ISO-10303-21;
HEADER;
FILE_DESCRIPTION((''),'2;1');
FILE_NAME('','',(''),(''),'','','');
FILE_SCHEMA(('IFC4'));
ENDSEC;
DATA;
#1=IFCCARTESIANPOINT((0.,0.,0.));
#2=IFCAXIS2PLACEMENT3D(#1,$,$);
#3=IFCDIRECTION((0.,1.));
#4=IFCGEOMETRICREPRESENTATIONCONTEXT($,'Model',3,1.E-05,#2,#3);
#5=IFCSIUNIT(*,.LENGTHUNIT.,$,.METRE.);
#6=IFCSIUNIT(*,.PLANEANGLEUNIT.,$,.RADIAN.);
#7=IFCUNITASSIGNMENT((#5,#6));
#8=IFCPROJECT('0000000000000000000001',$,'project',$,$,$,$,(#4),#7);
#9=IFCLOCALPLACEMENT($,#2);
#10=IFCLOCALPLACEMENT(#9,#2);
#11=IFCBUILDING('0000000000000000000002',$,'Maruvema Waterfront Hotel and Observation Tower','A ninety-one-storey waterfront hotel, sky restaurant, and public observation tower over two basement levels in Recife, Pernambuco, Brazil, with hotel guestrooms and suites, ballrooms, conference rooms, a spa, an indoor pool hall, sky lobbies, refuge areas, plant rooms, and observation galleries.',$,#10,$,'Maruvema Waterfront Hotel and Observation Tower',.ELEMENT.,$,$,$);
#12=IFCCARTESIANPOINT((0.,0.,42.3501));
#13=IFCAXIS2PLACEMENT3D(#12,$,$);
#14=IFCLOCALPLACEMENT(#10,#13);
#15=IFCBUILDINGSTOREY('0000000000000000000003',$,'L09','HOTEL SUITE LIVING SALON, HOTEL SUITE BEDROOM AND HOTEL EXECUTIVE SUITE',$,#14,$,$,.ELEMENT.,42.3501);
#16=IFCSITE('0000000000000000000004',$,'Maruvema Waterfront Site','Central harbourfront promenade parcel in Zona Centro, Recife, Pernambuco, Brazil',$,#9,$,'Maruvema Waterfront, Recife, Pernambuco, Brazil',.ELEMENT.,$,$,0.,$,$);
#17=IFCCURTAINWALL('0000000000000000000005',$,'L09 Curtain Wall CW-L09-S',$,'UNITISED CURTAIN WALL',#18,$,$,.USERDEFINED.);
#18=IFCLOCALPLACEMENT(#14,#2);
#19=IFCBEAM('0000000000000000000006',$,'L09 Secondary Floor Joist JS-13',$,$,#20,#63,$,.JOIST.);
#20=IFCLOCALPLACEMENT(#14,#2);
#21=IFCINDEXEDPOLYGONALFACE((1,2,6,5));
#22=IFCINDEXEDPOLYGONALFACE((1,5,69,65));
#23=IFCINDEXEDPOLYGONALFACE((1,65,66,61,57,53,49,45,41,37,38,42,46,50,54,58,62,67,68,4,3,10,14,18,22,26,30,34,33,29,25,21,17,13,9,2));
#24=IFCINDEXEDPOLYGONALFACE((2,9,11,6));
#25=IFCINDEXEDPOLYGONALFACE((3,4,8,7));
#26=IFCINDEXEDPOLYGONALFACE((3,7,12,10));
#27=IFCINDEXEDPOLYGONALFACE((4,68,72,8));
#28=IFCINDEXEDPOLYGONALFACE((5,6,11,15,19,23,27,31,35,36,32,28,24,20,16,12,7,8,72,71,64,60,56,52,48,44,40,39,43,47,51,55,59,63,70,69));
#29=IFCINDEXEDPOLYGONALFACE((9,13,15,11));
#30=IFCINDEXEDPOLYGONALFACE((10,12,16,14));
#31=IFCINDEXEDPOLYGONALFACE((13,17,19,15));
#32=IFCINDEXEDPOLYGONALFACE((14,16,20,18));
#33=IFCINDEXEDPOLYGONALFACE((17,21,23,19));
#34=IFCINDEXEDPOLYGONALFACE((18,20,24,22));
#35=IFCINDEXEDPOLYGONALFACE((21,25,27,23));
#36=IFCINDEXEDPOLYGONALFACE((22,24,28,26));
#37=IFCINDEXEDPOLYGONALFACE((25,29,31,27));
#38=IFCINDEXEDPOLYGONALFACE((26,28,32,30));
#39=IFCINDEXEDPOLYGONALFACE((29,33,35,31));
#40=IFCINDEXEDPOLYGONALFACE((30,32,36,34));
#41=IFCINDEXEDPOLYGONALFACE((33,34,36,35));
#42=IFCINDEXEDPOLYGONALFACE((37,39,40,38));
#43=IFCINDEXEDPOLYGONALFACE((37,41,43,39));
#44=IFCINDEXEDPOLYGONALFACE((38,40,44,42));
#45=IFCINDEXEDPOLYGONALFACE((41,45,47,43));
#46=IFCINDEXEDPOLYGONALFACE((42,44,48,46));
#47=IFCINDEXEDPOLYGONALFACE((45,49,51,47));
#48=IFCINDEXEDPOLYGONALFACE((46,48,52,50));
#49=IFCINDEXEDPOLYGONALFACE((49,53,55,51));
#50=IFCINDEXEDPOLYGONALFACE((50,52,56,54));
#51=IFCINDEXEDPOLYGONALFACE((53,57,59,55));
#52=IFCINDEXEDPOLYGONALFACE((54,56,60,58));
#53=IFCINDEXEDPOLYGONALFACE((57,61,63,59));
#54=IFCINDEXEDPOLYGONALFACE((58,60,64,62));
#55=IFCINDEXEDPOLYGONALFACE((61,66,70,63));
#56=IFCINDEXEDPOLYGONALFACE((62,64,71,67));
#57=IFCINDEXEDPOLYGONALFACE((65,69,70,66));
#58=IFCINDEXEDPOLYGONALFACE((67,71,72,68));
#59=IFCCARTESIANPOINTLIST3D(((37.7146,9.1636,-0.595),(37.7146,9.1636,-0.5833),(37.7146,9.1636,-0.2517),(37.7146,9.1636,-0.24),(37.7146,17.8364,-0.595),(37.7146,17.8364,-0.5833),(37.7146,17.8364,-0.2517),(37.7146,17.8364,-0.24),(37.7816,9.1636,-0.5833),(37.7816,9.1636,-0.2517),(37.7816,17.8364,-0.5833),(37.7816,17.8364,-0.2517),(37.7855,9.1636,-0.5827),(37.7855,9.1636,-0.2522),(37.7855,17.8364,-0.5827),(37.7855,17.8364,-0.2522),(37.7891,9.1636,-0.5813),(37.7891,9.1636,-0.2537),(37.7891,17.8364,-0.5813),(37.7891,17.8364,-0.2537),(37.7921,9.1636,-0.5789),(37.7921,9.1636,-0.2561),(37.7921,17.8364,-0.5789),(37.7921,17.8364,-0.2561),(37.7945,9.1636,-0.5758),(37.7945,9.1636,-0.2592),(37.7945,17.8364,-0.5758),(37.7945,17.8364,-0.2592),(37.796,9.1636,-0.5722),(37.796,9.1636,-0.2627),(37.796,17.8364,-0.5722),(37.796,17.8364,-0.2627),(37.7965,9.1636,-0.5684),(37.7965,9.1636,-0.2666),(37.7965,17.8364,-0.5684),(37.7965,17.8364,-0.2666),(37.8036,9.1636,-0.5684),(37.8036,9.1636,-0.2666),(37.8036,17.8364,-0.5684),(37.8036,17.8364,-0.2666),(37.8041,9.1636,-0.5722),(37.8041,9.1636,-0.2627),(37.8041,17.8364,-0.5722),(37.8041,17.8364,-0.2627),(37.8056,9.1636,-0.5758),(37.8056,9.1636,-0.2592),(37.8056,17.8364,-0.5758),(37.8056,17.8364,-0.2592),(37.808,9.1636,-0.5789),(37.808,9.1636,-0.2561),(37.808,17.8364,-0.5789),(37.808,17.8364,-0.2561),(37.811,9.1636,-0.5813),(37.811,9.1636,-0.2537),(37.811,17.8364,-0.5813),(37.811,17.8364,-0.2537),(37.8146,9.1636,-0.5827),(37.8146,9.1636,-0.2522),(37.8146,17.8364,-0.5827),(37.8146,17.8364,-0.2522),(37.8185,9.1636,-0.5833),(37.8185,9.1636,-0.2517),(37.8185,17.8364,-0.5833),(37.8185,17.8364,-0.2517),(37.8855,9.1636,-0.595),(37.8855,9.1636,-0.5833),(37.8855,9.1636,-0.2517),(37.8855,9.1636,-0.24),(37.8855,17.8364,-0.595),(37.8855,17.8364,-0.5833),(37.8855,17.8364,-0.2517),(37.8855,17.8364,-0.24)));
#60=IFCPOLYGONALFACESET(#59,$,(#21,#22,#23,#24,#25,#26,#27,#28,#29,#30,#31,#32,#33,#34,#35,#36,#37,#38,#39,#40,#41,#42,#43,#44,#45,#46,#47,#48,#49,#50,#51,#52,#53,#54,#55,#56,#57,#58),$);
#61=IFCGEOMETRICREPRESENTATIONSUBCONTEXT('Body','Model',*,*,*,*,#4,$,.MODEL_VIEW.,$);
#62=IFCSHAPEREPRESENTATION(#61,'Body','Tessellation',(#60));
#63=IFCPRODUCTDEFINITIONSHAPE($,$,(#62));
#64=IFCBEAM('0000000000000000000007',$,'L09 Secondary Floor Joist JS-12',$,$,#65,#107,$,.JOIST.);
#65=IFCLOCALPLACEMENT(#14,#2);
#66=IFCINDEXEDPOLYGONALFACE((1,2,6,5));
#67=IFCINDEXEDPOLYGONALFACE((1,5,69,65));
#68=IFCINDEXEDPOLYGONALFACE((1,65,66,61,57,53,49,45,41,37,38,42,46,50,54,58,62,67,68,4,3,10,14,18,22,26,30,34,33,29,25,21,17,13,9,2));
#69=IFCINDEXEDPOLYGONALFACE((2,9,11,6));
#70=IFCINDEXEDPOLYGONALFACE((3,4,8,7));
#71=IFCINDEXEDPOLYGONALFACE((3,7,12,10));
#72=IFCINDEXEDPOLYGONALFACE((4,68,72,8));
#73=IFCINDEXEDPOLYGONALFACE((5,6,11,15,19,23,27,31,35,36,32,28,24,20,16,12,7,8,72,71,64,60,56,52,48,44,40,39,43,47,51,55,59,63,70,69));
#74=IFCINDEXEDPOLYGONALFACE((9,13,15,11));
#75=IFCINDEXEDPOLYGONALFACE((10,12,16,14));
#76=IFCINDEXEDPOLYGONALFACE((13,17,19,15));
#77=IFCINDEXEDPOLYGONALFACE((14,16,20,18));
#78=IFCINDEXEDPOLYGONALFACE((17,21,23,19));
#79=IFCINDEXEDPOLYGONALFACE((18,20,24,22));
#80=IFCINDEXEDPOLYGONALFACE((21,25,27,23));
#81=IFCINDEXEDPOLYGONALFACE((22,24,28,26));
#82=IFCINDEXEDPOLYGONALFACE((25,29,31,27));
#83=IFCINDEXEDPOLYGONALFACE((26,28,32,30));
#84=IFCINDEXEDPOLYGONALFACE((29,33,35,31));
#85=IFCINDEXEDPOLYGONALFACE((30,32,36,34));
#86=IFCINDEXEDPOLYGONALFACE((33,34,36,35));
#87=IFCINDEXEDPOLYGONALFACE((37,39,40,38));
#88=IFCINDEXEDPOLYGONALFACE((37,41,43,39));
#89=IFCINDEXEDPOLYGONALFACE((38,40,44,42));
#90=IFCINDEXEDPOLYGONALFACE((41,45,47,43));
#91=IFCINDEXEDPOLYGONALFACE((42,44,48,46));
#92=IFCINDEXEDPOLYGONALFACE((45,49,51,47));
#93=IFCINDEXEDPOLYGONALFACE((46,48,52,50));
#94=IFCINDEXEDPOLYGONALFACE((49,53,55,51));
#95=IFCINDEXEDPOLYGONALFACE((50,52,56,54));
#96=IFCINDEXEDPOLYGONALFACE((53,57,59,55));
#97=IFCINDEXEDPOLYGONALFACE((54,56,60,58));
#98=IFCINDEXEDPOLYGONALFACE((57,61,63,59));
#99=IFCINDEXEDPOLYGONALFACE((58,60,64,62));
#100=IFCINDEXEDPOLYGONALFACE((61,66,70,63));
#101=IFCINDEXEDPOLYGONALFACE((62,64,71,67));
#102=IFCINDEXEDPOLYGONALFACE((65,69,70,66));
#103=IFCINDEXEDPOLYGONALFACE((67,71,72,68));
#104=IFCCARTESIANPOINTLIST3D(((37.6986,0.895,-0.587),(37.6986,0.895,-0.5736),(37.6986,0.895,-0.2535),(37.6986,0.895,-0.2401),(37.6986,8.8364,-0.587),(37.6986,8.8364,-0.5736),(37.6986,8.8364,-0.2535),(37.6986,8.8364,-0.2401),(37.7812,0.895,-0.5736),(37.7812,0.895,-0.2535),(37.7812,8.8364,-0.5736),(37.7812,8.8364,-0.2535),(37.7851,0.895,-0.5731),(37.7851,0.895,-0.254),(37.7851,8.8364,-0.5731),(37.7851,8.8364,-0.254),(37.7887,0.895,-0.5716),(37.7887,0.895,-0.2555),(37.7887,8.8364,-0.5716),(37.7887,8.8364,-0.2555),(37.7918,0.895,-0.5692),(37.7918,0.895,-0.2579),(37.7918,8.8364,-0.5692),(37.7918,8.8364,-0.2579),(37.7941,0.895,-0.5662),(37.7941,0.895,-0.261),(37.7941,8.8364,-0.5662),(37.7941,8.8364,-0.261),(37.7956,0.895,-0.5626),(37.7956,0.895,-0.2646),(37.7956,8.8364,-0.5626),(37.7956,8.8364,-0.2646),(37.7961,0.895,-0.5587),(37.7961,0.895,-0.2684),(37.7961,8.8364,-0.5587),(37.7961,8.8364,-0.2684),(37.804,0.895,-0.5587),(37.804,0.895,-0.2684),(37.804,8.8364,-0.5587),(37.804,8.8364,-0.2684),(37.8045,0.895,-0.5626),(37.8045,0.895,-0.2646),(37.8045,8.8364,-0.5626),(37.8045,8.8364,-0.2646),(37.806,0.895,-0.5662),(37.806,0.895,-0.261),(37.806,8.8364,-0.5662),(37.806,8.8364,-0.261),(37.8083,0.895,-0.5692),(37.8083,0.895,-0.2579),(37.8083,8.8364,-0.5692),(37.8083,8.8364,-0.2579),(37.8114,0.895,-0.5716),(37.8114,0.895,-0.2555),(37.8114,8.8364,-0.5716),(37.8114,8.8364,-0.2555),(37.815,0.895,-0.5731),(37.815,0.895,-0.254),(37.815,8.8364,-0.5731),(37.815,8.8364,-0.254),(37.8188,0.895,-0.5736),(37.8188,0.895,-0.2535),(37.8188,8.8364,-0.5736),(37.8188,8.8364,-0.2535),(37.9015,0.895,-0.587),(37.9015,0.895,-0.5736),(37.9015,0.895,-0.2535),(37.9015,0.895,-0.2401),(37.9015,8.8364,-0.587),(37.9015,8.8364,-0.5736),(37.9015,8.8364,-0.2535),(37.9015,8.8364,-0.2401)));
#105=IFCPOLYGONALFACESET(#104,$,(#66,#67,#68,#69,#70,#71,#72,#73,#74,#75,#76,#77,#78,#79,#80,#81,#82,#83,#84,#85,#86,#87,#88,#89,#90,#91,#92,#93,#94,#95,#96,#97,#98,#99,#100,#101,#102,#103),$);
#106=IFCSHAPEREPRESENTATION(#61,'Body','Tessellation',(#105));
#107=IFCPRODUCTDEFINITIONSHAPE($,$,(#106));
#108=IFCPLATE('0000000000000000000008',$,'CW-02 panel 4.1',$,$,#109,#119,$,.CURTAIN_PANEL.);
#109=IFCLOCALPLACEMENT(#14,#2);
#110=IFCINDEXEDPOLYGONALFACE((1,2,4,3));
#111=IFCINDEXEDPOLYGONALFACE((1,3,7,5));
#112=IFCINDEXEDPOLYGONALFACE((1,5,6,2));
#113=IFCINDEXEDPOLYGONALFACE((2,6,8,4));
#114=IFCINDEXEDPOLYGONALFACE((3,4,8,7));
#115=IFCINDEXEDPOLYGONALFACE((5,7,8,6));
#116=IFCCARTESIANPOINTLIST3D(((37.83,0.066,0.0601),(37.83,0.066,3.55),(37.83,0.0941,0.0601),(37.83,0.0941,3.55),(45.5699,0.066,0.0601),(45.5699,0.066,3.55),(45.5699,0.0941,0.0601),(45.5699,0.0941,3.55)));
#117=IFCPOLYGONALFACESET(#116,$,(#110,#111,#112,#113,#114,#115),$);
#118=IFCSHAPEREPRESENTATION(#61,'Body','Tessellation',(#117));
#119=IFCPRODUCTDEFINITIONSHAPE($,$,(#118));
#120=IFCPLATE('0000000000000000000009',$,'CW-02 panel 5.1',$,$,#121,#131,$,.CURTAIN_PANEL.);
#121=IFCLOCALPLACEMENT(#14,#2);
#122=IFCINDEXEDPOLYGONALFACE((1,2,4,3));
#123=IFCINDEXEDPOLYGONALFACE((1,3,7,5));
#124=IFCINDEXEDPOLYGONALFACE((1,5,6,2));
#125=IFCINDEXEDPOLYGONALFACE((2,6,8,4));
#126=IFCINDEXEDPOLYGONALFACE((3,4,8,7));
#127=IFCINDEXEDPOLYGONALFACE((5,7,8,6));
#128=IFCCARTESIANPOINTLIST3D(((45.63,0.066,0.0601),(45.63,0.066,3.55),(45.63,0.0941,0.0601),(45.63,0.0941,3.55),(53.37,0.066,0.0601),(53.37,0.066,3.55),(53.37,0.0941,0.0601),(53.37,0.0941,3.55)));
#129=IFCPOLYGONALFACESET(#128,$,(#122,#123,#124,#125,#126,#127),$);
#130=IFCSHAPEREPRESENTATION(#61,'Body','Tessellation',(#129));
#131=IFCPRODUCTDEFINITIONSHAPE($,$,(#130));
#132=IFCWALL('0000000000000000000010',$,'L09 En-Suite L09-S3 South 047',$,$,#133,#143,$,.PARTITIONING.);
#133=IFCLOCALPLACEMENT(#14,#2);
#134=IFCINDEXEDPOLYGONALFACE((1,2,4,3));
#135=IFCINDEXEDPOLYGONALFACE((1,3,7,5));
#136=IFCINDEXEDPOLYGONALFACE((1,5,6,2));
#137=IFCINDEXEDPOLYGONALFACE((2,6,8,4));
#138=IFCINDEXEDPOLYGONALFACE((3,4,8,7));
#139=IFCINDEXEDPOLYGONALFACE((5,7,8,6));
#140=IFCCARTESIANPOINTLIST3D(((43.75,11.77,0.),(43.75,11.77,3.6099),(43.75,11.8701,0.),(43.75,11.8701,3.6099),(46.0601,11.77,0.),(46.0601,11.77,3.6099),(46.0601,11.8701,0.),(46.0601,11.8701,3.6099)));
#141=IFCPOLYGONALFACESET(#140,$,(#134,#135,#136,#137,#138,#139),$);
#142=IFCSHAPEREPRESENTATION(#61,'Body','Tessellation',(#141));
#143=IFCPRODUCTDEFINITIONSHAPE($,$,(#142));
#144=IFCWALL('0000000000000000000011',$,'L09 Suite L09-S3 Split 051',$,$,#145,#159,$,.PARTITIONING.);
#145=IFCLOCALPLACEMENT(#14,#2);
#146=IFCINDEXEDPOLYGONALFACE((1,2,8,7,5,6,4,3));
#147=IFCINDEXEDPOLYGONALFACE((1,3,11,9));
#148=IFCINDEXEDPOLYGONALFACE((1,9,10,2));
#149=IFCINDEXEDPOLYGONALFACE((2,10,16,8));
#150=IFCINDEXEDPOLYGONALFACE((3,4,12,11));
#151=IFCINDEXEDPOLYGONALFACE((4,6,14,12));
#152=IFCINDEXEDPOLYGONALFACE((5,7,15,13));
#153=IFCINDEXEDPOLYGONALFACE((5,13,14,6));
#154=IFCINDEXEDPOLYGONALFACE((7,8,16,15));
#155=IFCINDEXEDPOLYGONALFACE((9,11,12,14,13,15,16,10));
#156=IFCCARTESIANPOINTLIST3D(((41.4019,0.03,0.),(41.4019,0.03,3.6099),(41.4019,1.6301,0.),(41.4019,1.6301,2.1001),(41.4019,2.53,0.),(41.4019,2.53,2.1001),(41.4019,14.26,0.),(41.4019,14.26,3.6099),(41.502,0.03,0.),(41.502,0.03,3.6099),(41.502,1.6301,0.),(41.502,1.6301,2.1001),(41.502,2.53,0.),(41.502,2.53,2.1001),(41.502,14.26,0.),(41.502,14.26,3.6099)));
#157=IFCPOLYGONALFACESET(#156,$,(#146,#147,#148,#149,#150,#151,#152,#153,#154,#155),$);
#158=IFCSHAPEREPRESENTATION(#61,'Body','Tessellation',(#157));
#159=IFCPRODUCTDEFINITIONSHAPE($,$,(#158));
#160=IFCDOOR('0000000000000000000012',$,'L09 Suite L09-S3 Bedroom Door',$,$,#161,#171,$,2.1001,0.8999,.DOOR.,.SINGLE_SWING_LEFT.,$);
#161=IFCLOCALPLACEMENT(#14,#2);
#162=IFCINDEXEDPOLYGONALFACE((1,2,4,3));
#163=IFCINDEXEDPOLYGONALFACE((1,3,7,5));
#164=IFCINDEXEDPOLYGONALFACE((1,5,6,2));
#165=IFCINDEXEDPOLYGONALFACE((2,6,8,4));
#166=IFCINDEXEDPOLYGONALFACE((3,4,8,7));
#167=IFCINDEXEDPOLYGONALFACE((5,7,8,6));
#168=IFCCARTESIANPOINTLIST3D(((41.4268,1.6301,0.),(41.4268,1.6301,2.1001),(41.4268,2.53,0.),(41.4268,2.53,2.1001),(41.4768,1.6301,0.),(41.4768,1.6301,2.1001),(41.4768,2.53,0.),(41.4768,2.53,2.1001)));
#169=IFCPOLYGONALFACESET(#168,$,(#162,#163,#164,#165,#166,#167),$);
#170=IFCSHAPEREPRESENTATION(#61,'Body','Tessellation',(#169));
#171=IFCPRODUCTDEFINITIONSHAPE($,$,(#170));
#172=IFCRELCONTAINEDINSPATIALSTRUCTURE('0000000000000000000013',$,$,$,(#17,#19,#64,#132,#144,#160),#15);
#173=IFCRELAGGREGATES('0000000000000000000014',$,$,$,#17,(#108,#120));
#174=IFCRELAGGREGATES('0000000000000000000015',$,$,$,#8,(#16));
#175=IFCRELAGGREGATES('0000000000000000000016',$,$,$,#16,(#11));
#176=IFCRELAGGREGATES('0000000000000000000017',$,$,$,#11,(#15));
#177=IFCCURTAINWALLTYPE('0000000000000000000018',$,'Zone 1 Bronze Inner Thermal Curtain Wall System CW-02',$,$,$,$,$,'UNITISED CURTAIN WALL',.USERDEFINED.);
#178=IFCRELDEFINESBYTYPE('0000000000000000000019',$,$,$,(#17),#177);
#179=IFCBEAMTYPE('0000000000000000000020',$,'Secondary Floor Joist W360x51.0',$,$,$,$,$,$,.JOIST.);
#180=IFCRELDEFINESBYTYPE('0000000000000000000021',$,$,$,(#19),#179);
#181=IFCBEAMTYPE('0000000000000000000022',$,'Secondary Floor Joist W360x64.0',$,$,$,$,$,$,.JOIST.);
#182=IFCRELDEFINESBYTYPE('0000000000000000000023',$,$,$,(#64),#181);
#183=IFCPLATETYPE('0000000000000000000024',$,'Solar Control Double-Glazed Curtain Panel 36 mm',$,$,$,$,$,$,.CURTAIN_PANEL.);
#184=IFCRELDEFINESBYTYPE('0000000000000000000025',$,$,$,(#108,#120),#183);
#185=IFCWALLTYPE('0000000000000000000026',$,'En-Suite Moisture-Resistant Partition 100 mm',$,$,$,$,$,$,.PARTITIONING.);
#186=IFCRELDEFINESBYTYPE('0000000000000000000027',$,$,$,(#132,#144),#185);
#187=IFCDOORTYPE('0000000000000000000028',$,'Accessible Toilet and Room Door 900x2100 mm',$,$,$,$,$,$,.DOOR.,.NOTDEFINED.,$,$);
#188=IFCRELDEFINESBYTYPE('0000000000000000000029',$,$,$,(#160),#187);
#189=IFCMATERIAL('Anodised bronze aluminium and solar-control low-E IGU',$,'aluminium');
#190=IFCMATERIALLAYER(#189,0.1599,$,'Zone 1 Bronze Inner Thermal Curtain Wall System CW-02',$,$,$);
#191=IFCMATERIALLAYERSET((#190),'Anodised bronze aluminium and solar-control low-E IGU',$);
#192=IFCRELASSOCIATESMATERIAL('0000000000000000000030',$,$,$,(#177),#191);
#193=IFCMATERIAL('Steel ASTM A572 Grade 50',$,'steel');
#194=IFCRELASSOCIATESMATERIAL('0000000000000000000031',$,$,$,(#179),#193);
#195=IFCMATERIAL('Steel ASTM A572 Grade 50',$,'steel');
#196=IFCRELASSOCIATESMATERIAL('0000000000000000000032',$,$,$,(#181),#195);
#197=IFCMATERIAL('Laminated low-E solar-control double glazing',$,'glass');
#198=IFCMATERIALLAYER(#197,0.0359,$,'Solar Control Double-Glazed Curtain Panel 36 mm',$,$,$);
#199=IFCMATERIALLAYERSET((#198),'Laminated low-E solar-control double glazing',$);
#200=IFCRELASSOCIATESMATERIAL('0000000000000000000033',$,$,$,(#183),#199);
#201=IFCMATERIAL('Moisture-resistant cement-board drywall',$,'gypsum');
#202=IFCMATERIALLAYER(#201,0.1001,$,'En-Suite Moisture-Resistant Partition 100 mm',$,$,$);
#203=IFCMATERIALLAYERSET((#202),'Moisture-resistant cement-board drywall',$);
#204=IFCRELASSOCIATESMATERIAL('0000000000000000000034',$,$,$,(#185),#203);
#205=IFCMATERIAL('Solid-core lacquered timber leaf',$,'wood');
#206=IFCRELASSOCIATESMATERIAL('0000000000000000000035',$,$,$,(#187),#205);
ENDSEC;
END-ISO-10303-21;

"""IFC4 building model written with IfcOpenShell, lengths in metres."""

from ifc_helpers import new_model, si_unit, direction, frame, frame_2d, origin, origin_2d, place, context, subcontext, project, spatial, rectangle, i_section, extrude, material, layer, layer_set, material_profile, profile_set, type_object, element, fill, aggregate, save


model = new_model("IFC4")

# Units and contexts
model_context = context("Model", 3, precision=1e-05, world=origin(), true_north=direction((0.0, 1.0)))
body_context = subcontext(model_context, "Body", "Model", "MODEL_VIEW")
ifc_project = project(units=[si_unit("LENGTHUNIT", "METRE"), si_unit("PLANEANGLEUNIT", "RADIAN")], contexts=[model_context])

# Site, building, storey
site_placement = place(None, origin())
site = spatial("IfcSite", under=ifc_project, at=site_placement, Name="Maruvema Waterfront Site", Description="Central harbourfront promenade parcel in Zona Centro, Recife, Pernambuco, Brazil", LongName="Maruvema Waterfront, Recife, Pernambuco, Brazil", CompositionType="ELEMENT", RefElevation=0.0)
building_placement = place(site_placement, origin())
building = spatial("IfcBuilding", under=site, at=building_placement, Name="Maruvema Waterfront Hotel and Observation Tower", Description="A ninety-one-storey waterfront hotel, sky restaurant, and public observation tower over two basement levels in Recife, Pernambuco, Brazil, with hotel guestrooms and suites, ballrooms, conference rooms, a spa, an indoor pool hall, sky lobbies, refuge areas, plant rooms, and observation galleries.", LongName="Maruvema Waterfront Hotel and Observation Tower", CompositionType="ELEMENT")
storey_placement = place(building_placement, frame((0.0, 0.0, 42.3501)))
storey = spatial("IfcBuildingStorey", under=building, at=storey_placement, Name="L09", Description="HOTEL SUITE LIVING SALON, HOTEL SUITE BEDROOM AND HOTEL EXECUTIVE SUITE", CompositionType="ELEMENT", Elevation=42.3501)

# Curtain wall
ifc_material_1 = material(Name="Anodised bronze aluminium and solar-control low-E IGU", Category="aluminium")
ifc_layer_1 = layer(ifc_material_1, 0.1599, Name="Zone 1 Bronze Inner Thermal Curtain Wall System CW-02")
ifc_layer_set_1 = layer_set([ifc_layer_1], Name="Anodised bronze aluminium and solar-control low-E IGU")
curtain_wall_type = type_object("IfcCurtainWallType", Name="Zone 1 Bronze Inner Thermal Curtain Wall System CW-02", ElementType="UNITISED CURTAIN WALL", PredefinedType="USERDEFINED", material=ifc_layer_set_1)
curtain_wall_placement = place(storey_placement, origin())
curtain_wall = element("IfcCurtainWall", 1, at=curtain_wall_placement, inside=storey, type_object=curtain_wall_type, Name="L09 Curtain Wall CW-L09-S", ObjectType="UNITISED CURTAIN WALL", PredefinedType="USERDEFINED")

# Beams
ifc_material_2 = material(Name="Steel ASTM A572 Grade 50", Category="steel")
ifc_material_profile_1 = material_profile(ifc_material_2, i_section(OverallWidth=0.1709, OverallDepth=0.355, WebThickness=0.0071, FlangeThickness=0.0117, FilletRadius=0.0149, at=origin_2d()), Name="W360x51.0")
ifc_profile_set_1 = profile_set([ifc_material_profile_1], Name="Steel ASTM A572 Grade 50")
beam_type_1 = type_object("IfcBeamType", Name="Secondary Floor Joist W360x51.0", PredefinedType="JOIST", material=ifc_profile_set_1)
beam_1_placement = place(storey_placement, frame((37.8, 9.1636, -0.4175), z_axis=(0.0, 1.0, 0.0), x_axis=(-1.0, 0.0, 0.0)))
element("IfcBeam", 2, at=beam_1_placement, inside=storey, type_object=beam_type_1, Name="L09 Secondary Floor Joist JS-13", PredefinedType="JOIST", context=body_context, shape_type="SweptSolid", body=[
    extrude(i_section(OverallWidth=0.1709, OverallDepth=0.355, WebThickness=0.0071, FlangeThickness=0.0117, FilletRadius=0.0149, at=origin_2d()), origin(), (0.0, 0.0, 1.0), 8.6729),
])
ifc_material_3 = material(Name="Steel ASTM A572 Grade 50", Category="steel")
ifc_material_profile_2 = material_profile(ifc_material_3, i_section(OverallWidth=0.2029, OverallDepth=0.3469, WebThickness=0.0078, FlangeThickness=0.0134, FilletRadius=0.0149, at=origin_2d()), Name="W360x64.0")
ifc_profile_set_2 = profile_set([ifc_material_profile_2], Name="Steel ASTM A572 Grade 50")
beam_type_2 = type_object("IfcBeamType", Name="Secondary Floor Joist W360x64.0", PredefinedType="JOIST", material=ifc_profile_set_2)
beam_2_placement = place(storey_placement, frame((37.8, 0.895, -0.4136), z_axis=(0.0, 1.0, 0.0), x_axis=(-1.0, 0.0, 0.0)))
element("IfcBeam", 3, at=beam_2_placement, inside=storey, type_object=beam_type_2, Name="L09 Secondary Floor Joist JS-12", PredefinedType="JOIST", context=body_context, shape_type="SweptSolid", body=[
    extrude(i_section(OverallWidth=0.2029, OverallDepth=0.3469, WebThickness=0.0078, FlangeThickness=0.0134, FilletRadius=0.0149, at=origin_2d()), origin(), (0.0, 0.0, 1.0), 7.9414),
])

# Plates
ifc_material_4 = material(Name="Laminated low-E solar-control double glazing", Category="glass")
ifc_layer_2 = layer(ifc_material_4, 0.0359, Name="Solar Control Double-Glazed Curtain Panel 36 mm")
ifc_layer_set_2 = layer_set([ifc_layer_2], Name="Laminated low-E solar-control double glazing")
plate_type = type_object("IfcPlateType", Name="Solar Control Double-Glazed Curtain Panel 36 mm", PredefinedType="CURTAIN_PANEL", material=ifc_layer_set_2)
plate_1_placement = place(storey_placement, frame((41.7, 0.0801, 0.0601), z_axis=(0.0, 0.0, 1.0), x_axis=(1.0, 0.0, 0.0)))
plate_1 = element("IfcPlate", 4, at=plate_1_placement, type_object=plate_type, Name="CW-02 panel 4.1", PredefinedType="CURTAIN_PANEL", context=body_context, shape_type="SweptSolid", body=[
    extrude(rectangle(XDim=7.74, YDim=0.0281, at=origin_2d()), origin(), (0.0, 0.0, 1.0), 3.49),
])
plate_2_placement = place(storey_placement, frame((49.5, 0.0801, 0.0601), z_axis=(0.0, 0.0, 1.0), x_axis=(1.0, 0.0, 0.0)))
plate_2 = element("IfcPlate", 5, at=plate_2_placement, type_object=plate_type, Name="CW-02 panel 5.1", PredefinedType="CURTAIN_PANEL", context=body_context, shape_type="SweptSolid", body=[
    extrude(rectangle(XDim=7.74, YDim=0.0281, at=origin_2d()), origin(), (0.0, 0.0, 1.0), 3.49),
])
aggregate(curtain_wall, [plate_1, plate_2])

# Wall
ifc_material_5 = material(Name="Moisture-resistant cement-board drywall", Category="gypsum")
ifc_layer_3 = layer(ifc_material_5, 0.1001, Name="En-Suite Moisture-Resistant Partition 100 mm")
ifc_layer_set_3 = layer_set([ifc_layer_3], Name="Moisture-resistant cement-board drywall")
wall_type_1 = type_object("IfcWallType", Name="En-Suite Moisture-Resistant Partition 100 mm", PredefinedType="PARTITIONING", material=ifc_layer_set_3)
wall_1_placement = place(storey_placement, frame((43.75, 11.8201, 0.0), z_axis=(0.0, 0.0, 1.0), x_axis=(1.0, 0.0, 0.0)))
element("IfcWall", 6, at=wall_1_placement, inside=storey, type_object=wall_type_1, Name="L09 En-Suite L09-S3 South 047", PredefinedType="PARTITIONING", context=body_context, shape_type="SweptSolid", body=[
    extrude(rectangle(XDim=2.3101, YDim=0.1001, at=frame_2d((1.155, 0.0))), origin(), (0.0, 0.0, 1.0), 3.6099),
])

# Wall, opening, door
wall_2_placement = place(storey_placement, frame((41.4519, 0.03, 0.0), z_axis=(0.0, 0.0, 1.0), x_axis=(0.0, 1.0, 0.0)))
wall_2 = element("IfcWall", 7, at=wall_2_placement, inside=storey, type_object=wall_type_1, Name="L09 Suite L09-S3 Split 051", PredefinedType="PARTITIONING", context=body_context, shape_type="SweptSolid", body=[
    extrude(rectangle(XDim=14.23, YDim=0.1001, at=frame_2d((7.115, 0.0))), origin(), (0.0, 0.0, 1.0), 3.6099),
])
opening_1_placement = place(wall_2_placement, frame((1.6001, 0.0, 0.0)))
opening_1 = element("IfcOpeningElement", 8, at=opening_1_placement, cuts=wall_2, PredefinedType="OPENING", context=body_context, shape_type="SweptSolid", body=[
    extrude(rectangle(XDim=0.8999, YDim=2.1001, at=frame_2d((0.45, 1.05))), frame((0.0, 0.0601, 0.0), z_axis=(0.0, -1.0, 0.0), x_axis=(1.0, 0.0, 0.0)), (0.0, 0.0, 1.0), 0.1201),
])
ifc_material_6 = material(Name="Solid-core lacquered timber leaf", Category="wood")
door_type = type_object("IfcDoorType", Name="Accessible Toilet and Room Door 900x2100 mm", OperationType="NOTDEFINED", PredefinedType="DOOR", material=ifc_material_6)
door_1_placement = place(opening_1_placement, frame((0.8999, 0.0, 0.0), z_axis=(0.0, 0.0, 1.0), x_axis=(-1.0, 0.0, 0.0)))
door_1 = element("IfcDoor", 9, at=door_1_placement, inside=storey, type_object=door_type, Name="L09 Suite L09-S3 Bedroom Door", OperationType="SINGLE_SWING_LEFT", OverallHeight=2.1001, OverallWidth=0.8999, PredefinedType="DOOR", context=body_context, shape_type="SweptSolid", body=[
    extrude(rectangle(XDim=0.8999, YDim=2.1001, at=frame_2d((0.45, 1.05))), frame((0.0, 0.0249, 0.0), z_axis=(0.0, -1.0, 0.0), x_axis=(1.0, 0.0, 0.0)), (0.0, 0.0, 1.0), 0.05),
])
fill(opening_1, door_1)

save(model, "model.ifc")
